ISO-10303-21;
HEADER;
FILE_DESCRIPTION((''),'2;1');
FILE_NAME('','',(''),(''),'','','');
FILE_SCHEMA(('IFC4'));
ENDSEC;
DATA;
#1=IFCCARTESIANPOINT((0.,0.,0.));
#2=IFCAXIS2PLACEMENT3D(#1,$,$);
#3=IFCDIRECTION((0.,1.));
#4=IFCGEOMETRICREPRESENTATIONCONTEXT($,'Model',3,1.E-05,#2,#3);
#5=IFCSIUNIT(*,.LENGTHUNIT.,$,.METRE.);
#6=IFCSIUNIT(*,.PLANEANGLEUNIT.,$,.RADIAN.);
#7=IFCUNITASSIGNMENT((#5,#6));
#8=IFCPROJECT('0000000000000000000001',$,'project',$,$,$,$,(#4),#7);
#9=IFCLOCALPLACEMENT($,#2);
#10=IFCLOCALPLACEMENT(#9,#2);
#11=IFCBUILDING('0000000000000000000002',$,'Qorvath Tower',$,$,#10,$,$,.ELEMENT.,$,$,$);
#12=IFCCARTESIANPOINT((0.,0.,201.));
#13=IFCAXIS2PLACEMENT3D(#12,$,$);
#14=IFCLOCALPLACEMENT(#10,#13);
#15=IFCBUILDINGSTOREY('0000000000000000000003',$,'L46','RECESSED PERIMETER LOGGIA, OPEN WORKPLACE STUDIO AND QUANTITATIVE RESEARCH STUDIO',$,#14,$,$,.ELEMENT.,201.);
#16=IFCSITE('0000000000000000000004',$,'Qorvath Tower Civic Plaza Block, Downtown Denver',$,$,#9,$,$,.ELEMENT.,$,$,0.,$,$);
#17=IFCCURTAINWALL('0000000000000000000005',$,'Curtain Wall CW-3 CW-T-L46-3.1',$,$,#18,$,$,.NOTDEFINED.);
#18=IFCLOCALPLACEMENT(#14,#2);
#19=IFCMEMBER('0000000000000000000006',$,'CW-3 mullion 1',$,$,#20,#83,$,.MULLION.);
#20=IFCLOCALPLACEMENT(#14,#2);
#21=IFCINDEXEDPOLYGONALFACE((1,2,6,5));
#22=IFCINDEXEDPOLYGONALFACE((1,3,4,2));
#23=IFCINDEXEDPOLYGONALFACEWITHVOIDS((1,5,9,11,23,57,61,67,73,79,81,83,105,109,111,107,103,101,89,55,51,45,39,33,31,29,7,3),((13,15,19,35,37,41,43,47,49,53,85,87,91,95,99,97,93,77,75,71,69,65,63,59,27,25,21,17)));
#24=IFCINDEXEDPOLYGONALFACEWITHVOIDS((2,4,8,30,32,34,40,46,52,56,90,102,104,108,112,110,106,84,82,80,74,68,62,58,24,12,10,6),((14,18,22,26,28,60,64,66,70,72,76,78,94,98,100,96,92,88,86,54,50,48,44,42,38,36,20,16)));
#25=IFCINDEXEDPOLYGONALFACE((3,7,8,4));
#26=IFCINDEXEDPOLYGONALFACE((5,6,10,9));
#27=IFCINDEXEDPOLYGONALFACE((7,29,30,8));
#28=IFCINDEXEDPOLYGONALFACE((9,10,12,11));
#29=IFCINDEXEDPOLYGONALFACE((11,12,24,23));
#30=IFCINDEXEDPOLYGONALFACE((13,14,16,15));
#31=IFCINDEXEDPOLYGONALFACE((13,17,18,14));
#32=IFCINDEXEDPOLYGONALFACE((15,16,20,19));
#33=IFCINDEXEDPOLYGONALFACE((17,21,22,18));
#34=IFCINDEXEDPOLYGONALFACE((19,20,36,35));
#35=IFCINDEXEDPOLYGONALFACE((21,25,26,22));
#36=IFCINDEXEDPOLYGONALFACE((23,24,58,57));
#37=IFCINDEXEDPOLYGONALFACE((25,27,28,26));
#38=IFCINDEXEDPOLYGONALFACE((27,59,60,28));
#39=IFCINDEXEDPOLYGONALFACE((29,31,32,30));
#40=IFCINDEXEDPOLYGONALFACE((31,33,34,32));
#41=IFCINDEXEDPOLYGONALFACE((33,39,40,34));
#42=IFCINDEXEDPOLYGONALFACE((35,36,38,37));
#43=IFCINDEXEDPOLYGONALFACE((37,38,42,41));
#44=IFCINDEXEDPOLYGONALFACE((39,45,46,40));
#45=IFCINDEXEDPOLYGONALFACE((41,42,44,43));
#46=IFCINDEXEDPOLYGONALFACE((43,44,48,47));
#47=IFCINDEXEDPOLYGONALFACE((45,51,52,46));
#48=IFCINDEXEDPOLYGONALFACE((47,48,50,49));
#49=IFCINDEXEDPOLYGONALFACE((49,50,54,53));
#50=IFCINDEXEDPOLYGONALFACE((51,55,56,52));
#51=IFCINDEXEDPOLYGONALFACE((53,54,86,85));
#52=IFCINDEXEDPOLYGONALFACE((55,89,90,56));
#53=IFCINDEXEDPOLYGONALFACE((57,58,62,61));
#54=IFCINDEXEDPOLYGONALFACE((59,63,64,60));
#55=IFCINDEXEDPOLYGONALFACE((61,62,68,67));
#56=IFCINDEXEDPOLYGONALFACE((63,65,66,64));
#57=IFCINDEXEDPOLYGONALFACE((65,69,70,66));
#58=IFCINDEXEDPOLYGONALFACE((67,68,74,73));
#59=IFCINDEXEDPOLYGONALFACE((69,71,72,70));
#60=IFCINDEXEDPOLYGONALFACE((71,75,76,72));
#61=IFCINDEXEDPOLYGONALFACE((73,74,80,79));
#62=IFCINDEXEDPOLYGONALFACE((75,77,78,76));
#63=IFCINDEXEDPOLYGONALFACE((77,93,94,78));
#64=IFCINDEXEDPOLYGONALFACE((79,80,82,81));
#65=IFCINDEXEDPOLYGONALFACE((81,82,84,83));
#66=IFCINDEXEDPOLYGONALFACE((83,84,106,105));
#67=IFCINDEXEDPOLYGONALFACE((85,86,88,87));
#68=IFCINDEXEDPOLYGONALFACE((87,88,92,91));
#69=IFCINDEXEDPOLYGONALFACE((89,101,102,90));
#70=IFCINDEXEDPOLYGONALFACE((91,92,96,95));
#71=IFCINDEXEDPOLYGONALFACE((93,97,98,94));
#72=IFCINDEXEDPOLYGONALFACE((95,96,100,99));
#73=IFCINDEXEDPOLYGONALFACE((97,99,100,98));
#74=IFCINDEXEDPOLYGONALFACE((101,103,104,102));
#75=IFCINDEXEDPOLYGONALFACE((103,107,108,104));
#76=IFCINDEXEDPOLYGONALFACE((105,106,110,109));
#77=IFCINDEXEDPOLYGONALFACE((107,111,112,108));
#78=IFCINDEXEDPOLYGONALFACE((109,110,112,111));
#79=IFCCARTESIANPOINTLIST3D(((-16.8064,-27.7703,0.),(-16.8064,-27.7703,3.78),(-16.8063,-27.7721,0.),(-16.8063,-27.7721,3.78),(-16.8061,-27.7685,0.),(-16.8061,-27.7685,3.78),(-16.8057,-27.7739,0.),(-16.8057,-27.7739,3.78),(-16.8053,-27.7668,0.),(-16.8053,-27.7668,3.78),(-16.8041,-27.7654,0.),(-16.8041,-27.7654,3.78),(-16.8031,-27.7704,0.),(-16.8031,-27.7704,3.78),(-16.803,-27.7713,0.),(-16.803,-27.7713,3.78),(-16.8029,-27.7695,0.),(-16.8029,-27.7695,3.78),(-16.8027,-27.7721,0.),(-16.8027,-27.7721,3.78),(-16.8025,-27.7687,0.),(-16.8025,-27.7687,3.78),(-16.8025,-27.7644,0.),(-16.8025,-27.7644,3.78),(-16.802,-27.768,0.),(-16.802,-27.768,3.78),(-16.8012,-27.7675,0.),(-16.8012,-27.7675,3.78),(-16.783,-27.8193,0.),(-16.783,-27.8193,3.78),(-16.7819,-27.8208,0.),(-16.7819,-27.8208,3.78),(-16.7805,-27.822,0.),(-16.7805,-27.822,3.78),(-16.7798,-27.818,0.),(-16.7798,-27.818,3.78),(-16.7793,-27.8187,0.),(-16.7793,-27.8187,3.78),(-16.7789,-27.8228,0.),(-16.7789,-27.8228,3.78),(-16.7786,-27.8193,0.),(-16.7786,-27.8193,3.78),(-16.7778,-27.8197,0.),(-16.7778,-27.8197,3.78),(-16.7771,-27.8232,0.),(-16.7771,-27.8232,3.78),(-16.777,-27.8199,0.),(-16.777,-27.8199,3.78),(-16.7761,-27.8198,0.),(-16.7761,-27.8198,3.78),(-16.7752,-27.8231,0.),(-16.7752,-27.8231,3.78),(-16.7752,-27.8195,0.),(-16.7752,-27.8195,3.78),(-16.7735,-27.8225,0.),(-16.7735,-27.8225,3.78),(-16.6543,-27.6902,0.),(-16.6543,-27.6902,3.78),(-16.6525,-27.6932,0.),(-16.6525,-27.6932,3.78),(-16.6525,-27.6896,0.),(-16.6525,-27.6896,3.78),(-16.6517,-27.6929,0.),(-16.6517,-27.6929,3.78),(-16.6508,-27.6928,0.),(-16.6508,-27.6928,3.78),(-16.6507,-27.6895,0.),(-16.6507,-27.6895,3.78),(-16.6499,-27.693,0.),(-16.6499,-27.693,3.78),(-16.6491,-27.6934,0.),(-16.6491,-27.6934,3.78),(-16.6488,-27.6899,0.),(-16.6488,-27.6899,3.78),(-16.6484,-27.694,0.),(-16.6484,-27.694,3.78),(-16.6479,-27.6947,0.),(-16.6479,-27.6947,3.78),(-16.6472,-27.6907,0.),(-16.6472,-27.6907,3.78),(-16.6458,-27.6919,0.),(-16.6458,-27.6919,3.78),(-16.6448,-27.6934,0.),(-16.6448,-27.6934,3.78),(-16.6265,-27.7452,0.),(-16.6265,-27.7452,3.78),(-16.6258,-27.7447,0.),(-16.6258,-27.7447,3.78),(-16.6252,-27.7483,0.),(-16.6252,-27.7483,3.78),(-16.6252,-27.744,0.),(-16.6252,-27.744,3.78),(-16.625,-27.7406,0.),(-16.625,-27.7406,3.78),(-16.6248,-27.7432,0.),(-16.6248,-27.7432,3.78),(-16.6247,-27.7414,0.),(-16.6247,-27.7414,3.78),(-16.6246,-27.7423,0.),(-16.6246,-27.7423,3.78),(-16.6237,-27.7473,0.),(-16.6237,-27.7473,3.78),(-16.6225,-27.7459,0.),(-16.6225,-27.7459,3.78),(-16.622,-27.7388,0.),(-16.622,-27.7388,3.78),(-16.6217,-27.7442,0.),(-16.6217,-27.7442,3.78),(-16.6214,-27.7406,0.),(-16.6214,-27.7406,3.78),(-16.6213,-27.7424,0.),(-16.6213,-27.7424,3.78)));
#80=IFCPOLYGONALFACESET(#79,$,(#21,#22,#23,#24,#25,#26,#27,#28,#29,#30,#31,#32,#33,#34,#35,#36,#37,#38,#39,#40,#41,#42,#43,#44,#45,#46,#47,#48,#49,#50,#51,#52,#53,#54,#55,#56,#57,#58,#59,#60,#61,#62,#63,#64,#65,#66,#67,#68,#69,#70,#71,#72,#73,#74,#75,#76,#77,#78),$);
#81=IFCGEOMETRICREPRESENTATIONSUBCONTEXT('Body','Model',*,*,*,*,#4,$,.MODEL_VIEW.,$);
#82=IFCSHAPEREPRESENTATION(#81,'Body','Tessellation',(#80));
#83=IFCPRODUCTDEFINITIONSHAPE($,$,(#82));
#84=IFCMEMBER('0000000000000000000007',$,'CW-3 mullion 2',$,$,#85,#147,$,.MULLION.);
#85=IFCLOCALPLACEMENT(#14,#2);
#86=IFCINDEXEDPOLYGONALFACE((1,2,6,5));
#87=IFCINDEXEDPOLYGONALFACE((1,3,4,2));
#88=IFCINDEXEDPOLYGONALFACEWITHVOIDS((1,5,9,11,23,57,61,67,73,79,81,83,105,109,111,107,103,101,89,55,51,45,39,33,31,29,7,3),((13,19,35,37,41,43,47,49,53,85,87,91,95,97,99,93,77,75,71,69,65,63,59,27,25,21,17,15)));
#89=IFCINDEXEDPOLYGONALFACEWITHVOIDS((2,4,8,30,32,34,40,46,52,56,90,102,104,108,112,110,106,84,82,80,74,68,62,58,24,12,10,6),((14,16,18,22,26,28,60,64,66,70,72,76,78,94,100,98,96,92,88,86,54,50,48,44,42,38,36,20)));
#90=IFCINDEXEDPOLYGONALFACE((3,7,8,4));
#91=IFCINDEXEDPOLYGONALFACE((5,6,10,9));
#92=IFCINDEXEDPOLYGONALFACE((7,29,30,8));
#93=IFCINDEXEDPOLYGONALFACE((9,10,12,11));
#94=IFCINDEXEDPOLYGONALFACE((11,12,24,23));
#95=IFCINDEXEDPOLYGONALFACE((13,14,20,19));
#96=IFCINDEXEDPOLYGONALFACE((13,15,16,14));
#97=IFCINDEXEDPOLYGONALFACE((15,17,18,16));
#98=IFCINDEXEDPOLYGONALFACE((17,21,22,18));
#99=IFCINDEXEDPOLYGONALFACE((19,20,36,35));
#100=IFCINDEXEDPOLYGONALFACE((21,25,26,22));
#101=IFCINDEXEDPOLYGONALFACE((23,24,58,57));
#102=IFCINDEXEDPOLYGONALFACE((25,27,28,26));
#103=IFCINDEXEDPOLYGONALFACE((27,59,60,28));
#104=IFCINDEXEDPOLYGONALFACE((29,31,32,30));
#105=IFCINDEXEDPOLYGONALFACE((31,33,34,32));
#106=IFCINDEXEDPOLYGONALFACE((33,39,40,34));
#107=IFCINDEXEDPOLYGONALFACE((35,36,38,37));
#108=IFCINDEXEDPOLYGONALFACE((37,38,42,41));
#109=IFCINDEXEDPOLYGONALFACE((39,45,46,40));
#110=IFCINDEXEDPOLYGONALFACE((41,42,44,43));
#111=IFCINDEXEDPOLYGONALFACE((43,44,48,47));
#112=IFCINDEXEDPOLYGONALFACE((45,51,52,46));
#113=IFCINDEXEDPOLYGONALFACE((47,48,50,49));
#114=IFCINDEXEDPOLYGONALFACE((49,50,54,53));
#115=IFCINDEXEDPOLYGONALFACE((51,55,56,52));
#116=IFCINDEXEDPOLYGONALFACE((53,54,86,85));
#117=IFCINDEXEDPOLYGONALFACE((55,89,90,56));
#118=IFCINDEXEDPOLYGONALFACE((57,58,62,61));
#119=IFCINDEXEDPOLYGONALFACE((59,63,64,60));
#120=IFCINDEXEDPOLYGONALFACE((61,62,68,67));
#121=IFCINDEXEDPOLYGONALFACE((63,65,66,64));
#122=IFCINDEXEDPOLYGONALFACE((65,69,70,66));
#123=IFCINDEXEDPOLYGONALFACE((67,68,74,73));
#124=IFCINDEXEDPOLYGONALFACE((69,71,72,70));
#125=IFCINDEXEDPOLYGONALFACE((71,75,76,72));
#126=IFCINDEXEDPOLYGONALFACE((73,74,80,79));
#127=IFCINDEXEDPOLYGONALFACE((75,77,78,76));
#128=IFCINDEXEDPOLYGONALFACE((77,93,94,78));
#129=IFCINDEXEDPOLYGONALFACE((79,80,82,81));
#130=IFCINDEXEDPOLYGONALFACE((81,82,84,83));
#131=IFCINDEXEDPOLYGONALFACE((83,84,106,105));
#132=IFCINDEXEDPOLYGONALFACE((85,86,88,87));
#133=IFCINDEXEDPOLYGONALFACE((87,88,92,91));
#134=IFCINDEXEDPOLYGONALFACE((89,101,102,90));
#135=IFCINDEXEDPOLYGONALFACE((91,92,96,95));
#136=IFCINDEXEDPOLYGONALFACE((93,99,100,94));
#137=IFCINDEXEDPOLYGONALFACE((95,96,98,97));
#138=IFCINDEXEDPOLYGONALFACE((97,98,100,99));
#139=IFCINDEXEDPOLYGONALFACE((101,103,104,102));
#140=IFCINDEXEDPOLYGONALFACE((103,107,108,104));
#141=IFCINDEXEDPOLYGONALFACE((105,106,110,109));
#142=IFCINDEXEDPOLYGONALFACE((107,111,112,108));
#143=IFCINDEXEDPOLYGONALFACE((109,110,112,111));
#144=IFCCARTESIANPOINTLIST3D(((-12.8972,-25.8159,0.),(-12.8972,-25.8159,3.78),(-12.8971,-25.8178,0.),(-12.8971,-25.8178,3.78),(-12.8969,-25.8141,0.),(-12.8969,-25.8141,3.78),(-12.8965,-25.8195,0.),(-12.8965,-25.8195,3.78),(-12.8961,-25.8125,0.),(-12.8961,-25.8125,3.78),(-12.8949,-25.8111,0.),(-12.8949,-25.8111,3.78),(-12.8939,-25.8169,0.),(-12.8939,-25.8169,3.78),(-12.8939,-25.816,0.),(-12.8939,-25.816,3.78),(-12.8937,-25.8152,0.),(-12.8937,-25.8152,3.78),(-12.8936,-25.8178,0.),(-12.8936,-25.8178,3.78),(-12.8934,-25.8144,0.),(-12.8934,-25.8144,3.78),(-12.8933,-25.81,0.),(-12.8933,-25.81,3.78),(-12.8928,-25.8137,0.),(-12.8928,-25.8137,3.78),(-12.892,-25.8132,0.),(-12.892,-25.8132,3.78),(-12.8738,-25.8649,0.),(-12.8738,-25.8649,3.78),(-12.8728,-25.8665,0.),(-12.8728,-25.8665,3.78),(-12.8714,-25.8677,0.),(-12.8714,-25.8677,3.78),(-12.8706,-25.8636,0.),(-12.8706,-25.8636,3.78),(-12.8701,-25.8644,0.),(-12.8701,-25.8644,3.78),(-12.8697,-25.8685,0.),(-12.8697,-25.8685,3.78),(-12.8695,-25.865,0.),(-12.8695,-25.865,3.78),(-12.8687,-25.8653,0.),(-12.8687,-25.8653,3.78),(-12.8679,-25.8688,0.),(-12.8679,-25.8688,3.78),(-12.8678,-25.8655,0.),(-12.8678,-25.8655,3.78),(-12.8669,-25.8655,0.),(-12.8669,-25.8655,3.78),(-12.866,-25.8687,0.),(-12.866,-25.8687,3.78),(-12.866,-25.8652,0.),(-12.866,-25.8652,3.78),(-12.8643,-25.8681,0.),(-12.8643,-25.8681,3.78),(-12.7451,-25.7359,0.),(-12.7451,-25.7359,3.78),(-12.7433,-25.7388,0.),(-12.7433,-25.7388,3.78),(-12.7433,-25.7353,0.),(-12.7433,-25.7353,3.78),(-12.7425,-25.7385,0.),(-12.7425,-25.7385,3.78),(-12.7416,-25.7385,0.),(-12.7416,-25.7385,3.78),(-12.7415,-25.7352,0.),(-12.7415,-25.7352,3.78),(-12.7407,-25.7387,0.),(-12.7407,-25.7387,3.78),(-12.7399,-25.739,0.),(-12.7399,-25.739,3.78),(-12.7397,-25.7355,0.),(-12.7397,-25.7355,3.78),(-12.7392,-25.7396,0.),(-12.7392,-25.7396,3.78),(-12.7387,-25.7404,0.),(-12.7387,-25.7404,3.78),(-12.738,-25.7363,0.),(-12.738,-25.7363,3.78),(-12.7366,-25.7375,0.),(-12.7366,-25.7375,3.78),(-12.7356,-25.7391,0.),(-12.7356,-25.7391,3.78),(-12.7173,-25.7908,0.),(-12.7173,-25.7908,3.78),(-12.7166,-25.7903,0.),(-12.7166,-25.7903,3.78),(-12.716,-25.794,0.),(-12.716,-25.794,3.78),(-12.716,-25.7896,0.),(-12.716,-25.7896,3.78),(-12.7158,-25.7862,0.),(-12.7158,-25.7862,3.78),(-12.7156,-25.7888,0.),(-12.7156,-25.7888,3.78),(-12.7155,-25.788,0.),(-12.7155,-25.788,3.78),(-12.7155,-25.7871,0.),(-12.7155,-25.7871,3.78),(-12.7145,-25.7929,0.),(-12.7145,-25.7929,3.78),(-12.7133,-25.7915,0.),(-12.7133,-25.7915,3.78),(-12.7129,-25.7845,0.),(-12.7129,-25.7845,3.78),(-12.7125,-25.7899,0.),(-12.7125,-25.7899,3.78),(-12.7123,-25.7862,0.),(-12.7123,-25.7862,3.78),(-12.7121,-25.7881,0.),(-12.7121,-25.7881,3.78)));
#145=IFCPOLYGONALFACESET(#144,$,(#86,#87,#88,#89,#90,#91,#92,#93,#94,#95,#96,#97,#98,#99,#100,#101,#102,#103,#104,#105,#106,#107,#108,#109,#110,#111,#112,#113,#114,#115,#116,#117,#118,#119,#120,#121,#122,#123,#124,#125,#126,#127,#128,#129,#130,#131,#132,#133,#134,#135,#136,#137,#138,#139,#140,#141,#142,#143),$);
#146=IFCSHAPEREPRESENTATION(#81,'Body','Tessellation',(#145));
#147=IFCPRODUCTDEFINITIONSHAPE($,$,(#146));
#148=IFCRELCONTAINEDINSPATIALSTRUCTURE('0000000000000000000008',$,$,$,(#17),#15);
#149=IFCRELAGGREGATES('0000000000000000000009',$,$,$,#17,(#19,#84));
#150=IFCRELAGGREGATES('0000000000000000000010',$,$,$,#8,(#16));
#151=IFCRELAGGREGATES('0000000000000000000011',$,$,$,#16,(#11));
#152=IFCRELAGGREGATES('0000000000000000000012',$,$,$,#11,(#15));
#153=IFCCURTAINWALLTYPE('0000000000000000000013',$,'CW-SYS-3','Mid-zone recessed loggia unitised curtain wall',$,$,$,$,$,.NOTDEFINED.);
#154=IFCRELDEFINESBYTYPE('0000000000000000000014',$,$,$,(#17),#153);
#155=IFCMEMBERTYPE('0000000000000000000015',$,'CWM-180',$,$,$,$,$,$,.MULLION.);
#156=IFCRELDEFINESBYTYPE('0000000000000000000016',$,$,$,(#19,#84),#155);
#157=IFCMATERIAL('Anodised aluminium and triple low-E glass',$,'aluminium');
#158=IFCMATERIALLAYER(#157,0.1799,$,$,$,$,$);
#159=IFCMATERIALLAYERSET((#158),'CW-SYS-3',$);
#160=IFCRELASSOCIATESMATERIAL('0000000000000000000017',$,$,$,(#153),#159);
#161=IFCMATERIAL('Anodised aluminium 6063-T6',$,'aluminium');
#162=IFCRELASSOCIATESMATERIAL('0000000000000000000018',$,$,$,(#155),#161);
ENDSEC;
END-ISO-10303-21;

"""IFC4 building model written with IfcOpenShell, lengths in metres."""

from ifc_helpers import new_model, si_unit, direction, frame, origin, origin_2d, place, context, subcontext, project, spatial, hollow_rectangle, extrude, material, layer, layer_set, material_profile, profile_set, type_object, element, aggregate, save


model = new_model("IFC4")

# Units and contexts
model_context = context("Model", 3, precision=1e-05, world=origin(), true_north=direction((0.0, 1.0)))
body_context = subcontext(model_context, "Body", "Model", "MODEL_VIEW")
ifc_project = project(units=[si_unit("LENGTHUNIT", "METRE"), si_unit("PLANEANGLEUNIT", "RADIAN")], contexts=[model_context])

# Site, building, storey
site_placement = place(None, origin())
site = spatial("IfcSite", under=ifc_project, at=site_placement, Name="Qorvath Tower Civic Plaza Block, Downtown Denver", CompositionType="ELEMENT", RefElevation=0.0)
building_placement = place(site_placement, origin())
building = spatial("IfcBuilding", under=site, at=building_placement, Name="Qorvath Tower", CompositionType="ELEMENT")
storey_placement = place(building_placement, frame((0.0, 0.0, 201.0)))
storey = spatial("IfcBuildingStorey", under=building, at=storey_placement, Name="L46", Description="RECESSED PERIMETER LOGGIA, OPEN WORKPLACE STUDIO AND QUANTITATIVE RESEARCH STUDIO", CompositionType="ELEMENT", Elevation=201.0)

# Curtain wall, members
ifc_material_1 = material(Name="Anodised aluminium and triple low-E glass", Category="aluminium")
ifc_layer_1 = layer(ifc_material_1, 0.1799)
ifc_layer_set_1 = layer_set([ifc_layer_1], Name="CW-SYS-3")
curtain_wall_type = type_object("IfcCurtainWallType", Name="CW-SYS-3", Description="Mid-zone recessed loggia unitised curtain wall", PredefinedType="NOTDEFINED", material=ifc_layer_set_1)
ifc_material_2 = material(Name="Anodised aluminium 6063-T6", Category="aluminium")
ifc_material_profile_1 = material_profile(ifc_material_2, hollow_rectangle(XDim=0.0649, YDim=0.1799, WallThickness=0.0034, InnerFilletRadius=0.0034, OuterFilletRadius=0.0071, at=origin_2d()), Name="CWM 180x65")
ifc_profile_set_1 = profile_set([ifc_material_profile_1], Name="Anodised aluminium 6063-T6")
member_type_1 = type_object("IfcMemberType", Name="CWM-180", PredefinedType="MULLION", material=ifc_profile_set_1)
curtain_wall_1_placement = place(storey_placement, origin())
curtain_wall_1 = element("IfcCurtainWall", 1, at=curtain_wall_1_placement, inside=storey, type_object=curtain_wall_type, Name="Curtain Wall CW-3 CW-T-L46-3.1", PredefinedType="NOTDEFINED")
member_1_placement = place(storey_placement, frame((-16.7139, -27.7563, 0.0), z_axis=(0.0, 0.0, 1.0), x_axis=(-0.447205, 0.894432, 0.0)))
member_1 = element("IfcMember", 2, at=member_1_placement, type_object=member_type_1, Name="CW-3 mullion 1", PredefinedType="MULLION", context=body_context, shape_type="SweptSolid", body=[
    extrude(hollow_rectangle(XDim=0.0649, YDim=0.1799, WallThickness=0.0034, InnerFilletRadius=0.0034, OuterFilletRadius=0.0071, at=origin_2d()), origin(), (0.0, 0.0, 1.0), 3.78),
])
member_2_placement = place(storey_placement, frame((-12.8047, -25.802, 0.0), z_axis=(0.0, 0.0, 1.0), x_axis=(-0.447205, 0.894432, 0.0)))
member_2 = element("IfcMember", 3, at=member_2_placement, type_object=member_type_1, Name="CW-3 mullion 2", PredefinedType="MULLION", context=body_context, shape_type="SweptSolid", body=[
    extrude(hollow_rectangle(XDim=0.0649, YDim=0.1799, WallThickness=0.0034, InnerFilletRadius=0.0034, OuterFilletRadius=0.0071, at=origin_2d()), origin(), (0.0, 0.0, 1.0), 3.78),
])

aggregate(curtain_wall_1, [member_1, member_2])

save(model, "model.ifc")
